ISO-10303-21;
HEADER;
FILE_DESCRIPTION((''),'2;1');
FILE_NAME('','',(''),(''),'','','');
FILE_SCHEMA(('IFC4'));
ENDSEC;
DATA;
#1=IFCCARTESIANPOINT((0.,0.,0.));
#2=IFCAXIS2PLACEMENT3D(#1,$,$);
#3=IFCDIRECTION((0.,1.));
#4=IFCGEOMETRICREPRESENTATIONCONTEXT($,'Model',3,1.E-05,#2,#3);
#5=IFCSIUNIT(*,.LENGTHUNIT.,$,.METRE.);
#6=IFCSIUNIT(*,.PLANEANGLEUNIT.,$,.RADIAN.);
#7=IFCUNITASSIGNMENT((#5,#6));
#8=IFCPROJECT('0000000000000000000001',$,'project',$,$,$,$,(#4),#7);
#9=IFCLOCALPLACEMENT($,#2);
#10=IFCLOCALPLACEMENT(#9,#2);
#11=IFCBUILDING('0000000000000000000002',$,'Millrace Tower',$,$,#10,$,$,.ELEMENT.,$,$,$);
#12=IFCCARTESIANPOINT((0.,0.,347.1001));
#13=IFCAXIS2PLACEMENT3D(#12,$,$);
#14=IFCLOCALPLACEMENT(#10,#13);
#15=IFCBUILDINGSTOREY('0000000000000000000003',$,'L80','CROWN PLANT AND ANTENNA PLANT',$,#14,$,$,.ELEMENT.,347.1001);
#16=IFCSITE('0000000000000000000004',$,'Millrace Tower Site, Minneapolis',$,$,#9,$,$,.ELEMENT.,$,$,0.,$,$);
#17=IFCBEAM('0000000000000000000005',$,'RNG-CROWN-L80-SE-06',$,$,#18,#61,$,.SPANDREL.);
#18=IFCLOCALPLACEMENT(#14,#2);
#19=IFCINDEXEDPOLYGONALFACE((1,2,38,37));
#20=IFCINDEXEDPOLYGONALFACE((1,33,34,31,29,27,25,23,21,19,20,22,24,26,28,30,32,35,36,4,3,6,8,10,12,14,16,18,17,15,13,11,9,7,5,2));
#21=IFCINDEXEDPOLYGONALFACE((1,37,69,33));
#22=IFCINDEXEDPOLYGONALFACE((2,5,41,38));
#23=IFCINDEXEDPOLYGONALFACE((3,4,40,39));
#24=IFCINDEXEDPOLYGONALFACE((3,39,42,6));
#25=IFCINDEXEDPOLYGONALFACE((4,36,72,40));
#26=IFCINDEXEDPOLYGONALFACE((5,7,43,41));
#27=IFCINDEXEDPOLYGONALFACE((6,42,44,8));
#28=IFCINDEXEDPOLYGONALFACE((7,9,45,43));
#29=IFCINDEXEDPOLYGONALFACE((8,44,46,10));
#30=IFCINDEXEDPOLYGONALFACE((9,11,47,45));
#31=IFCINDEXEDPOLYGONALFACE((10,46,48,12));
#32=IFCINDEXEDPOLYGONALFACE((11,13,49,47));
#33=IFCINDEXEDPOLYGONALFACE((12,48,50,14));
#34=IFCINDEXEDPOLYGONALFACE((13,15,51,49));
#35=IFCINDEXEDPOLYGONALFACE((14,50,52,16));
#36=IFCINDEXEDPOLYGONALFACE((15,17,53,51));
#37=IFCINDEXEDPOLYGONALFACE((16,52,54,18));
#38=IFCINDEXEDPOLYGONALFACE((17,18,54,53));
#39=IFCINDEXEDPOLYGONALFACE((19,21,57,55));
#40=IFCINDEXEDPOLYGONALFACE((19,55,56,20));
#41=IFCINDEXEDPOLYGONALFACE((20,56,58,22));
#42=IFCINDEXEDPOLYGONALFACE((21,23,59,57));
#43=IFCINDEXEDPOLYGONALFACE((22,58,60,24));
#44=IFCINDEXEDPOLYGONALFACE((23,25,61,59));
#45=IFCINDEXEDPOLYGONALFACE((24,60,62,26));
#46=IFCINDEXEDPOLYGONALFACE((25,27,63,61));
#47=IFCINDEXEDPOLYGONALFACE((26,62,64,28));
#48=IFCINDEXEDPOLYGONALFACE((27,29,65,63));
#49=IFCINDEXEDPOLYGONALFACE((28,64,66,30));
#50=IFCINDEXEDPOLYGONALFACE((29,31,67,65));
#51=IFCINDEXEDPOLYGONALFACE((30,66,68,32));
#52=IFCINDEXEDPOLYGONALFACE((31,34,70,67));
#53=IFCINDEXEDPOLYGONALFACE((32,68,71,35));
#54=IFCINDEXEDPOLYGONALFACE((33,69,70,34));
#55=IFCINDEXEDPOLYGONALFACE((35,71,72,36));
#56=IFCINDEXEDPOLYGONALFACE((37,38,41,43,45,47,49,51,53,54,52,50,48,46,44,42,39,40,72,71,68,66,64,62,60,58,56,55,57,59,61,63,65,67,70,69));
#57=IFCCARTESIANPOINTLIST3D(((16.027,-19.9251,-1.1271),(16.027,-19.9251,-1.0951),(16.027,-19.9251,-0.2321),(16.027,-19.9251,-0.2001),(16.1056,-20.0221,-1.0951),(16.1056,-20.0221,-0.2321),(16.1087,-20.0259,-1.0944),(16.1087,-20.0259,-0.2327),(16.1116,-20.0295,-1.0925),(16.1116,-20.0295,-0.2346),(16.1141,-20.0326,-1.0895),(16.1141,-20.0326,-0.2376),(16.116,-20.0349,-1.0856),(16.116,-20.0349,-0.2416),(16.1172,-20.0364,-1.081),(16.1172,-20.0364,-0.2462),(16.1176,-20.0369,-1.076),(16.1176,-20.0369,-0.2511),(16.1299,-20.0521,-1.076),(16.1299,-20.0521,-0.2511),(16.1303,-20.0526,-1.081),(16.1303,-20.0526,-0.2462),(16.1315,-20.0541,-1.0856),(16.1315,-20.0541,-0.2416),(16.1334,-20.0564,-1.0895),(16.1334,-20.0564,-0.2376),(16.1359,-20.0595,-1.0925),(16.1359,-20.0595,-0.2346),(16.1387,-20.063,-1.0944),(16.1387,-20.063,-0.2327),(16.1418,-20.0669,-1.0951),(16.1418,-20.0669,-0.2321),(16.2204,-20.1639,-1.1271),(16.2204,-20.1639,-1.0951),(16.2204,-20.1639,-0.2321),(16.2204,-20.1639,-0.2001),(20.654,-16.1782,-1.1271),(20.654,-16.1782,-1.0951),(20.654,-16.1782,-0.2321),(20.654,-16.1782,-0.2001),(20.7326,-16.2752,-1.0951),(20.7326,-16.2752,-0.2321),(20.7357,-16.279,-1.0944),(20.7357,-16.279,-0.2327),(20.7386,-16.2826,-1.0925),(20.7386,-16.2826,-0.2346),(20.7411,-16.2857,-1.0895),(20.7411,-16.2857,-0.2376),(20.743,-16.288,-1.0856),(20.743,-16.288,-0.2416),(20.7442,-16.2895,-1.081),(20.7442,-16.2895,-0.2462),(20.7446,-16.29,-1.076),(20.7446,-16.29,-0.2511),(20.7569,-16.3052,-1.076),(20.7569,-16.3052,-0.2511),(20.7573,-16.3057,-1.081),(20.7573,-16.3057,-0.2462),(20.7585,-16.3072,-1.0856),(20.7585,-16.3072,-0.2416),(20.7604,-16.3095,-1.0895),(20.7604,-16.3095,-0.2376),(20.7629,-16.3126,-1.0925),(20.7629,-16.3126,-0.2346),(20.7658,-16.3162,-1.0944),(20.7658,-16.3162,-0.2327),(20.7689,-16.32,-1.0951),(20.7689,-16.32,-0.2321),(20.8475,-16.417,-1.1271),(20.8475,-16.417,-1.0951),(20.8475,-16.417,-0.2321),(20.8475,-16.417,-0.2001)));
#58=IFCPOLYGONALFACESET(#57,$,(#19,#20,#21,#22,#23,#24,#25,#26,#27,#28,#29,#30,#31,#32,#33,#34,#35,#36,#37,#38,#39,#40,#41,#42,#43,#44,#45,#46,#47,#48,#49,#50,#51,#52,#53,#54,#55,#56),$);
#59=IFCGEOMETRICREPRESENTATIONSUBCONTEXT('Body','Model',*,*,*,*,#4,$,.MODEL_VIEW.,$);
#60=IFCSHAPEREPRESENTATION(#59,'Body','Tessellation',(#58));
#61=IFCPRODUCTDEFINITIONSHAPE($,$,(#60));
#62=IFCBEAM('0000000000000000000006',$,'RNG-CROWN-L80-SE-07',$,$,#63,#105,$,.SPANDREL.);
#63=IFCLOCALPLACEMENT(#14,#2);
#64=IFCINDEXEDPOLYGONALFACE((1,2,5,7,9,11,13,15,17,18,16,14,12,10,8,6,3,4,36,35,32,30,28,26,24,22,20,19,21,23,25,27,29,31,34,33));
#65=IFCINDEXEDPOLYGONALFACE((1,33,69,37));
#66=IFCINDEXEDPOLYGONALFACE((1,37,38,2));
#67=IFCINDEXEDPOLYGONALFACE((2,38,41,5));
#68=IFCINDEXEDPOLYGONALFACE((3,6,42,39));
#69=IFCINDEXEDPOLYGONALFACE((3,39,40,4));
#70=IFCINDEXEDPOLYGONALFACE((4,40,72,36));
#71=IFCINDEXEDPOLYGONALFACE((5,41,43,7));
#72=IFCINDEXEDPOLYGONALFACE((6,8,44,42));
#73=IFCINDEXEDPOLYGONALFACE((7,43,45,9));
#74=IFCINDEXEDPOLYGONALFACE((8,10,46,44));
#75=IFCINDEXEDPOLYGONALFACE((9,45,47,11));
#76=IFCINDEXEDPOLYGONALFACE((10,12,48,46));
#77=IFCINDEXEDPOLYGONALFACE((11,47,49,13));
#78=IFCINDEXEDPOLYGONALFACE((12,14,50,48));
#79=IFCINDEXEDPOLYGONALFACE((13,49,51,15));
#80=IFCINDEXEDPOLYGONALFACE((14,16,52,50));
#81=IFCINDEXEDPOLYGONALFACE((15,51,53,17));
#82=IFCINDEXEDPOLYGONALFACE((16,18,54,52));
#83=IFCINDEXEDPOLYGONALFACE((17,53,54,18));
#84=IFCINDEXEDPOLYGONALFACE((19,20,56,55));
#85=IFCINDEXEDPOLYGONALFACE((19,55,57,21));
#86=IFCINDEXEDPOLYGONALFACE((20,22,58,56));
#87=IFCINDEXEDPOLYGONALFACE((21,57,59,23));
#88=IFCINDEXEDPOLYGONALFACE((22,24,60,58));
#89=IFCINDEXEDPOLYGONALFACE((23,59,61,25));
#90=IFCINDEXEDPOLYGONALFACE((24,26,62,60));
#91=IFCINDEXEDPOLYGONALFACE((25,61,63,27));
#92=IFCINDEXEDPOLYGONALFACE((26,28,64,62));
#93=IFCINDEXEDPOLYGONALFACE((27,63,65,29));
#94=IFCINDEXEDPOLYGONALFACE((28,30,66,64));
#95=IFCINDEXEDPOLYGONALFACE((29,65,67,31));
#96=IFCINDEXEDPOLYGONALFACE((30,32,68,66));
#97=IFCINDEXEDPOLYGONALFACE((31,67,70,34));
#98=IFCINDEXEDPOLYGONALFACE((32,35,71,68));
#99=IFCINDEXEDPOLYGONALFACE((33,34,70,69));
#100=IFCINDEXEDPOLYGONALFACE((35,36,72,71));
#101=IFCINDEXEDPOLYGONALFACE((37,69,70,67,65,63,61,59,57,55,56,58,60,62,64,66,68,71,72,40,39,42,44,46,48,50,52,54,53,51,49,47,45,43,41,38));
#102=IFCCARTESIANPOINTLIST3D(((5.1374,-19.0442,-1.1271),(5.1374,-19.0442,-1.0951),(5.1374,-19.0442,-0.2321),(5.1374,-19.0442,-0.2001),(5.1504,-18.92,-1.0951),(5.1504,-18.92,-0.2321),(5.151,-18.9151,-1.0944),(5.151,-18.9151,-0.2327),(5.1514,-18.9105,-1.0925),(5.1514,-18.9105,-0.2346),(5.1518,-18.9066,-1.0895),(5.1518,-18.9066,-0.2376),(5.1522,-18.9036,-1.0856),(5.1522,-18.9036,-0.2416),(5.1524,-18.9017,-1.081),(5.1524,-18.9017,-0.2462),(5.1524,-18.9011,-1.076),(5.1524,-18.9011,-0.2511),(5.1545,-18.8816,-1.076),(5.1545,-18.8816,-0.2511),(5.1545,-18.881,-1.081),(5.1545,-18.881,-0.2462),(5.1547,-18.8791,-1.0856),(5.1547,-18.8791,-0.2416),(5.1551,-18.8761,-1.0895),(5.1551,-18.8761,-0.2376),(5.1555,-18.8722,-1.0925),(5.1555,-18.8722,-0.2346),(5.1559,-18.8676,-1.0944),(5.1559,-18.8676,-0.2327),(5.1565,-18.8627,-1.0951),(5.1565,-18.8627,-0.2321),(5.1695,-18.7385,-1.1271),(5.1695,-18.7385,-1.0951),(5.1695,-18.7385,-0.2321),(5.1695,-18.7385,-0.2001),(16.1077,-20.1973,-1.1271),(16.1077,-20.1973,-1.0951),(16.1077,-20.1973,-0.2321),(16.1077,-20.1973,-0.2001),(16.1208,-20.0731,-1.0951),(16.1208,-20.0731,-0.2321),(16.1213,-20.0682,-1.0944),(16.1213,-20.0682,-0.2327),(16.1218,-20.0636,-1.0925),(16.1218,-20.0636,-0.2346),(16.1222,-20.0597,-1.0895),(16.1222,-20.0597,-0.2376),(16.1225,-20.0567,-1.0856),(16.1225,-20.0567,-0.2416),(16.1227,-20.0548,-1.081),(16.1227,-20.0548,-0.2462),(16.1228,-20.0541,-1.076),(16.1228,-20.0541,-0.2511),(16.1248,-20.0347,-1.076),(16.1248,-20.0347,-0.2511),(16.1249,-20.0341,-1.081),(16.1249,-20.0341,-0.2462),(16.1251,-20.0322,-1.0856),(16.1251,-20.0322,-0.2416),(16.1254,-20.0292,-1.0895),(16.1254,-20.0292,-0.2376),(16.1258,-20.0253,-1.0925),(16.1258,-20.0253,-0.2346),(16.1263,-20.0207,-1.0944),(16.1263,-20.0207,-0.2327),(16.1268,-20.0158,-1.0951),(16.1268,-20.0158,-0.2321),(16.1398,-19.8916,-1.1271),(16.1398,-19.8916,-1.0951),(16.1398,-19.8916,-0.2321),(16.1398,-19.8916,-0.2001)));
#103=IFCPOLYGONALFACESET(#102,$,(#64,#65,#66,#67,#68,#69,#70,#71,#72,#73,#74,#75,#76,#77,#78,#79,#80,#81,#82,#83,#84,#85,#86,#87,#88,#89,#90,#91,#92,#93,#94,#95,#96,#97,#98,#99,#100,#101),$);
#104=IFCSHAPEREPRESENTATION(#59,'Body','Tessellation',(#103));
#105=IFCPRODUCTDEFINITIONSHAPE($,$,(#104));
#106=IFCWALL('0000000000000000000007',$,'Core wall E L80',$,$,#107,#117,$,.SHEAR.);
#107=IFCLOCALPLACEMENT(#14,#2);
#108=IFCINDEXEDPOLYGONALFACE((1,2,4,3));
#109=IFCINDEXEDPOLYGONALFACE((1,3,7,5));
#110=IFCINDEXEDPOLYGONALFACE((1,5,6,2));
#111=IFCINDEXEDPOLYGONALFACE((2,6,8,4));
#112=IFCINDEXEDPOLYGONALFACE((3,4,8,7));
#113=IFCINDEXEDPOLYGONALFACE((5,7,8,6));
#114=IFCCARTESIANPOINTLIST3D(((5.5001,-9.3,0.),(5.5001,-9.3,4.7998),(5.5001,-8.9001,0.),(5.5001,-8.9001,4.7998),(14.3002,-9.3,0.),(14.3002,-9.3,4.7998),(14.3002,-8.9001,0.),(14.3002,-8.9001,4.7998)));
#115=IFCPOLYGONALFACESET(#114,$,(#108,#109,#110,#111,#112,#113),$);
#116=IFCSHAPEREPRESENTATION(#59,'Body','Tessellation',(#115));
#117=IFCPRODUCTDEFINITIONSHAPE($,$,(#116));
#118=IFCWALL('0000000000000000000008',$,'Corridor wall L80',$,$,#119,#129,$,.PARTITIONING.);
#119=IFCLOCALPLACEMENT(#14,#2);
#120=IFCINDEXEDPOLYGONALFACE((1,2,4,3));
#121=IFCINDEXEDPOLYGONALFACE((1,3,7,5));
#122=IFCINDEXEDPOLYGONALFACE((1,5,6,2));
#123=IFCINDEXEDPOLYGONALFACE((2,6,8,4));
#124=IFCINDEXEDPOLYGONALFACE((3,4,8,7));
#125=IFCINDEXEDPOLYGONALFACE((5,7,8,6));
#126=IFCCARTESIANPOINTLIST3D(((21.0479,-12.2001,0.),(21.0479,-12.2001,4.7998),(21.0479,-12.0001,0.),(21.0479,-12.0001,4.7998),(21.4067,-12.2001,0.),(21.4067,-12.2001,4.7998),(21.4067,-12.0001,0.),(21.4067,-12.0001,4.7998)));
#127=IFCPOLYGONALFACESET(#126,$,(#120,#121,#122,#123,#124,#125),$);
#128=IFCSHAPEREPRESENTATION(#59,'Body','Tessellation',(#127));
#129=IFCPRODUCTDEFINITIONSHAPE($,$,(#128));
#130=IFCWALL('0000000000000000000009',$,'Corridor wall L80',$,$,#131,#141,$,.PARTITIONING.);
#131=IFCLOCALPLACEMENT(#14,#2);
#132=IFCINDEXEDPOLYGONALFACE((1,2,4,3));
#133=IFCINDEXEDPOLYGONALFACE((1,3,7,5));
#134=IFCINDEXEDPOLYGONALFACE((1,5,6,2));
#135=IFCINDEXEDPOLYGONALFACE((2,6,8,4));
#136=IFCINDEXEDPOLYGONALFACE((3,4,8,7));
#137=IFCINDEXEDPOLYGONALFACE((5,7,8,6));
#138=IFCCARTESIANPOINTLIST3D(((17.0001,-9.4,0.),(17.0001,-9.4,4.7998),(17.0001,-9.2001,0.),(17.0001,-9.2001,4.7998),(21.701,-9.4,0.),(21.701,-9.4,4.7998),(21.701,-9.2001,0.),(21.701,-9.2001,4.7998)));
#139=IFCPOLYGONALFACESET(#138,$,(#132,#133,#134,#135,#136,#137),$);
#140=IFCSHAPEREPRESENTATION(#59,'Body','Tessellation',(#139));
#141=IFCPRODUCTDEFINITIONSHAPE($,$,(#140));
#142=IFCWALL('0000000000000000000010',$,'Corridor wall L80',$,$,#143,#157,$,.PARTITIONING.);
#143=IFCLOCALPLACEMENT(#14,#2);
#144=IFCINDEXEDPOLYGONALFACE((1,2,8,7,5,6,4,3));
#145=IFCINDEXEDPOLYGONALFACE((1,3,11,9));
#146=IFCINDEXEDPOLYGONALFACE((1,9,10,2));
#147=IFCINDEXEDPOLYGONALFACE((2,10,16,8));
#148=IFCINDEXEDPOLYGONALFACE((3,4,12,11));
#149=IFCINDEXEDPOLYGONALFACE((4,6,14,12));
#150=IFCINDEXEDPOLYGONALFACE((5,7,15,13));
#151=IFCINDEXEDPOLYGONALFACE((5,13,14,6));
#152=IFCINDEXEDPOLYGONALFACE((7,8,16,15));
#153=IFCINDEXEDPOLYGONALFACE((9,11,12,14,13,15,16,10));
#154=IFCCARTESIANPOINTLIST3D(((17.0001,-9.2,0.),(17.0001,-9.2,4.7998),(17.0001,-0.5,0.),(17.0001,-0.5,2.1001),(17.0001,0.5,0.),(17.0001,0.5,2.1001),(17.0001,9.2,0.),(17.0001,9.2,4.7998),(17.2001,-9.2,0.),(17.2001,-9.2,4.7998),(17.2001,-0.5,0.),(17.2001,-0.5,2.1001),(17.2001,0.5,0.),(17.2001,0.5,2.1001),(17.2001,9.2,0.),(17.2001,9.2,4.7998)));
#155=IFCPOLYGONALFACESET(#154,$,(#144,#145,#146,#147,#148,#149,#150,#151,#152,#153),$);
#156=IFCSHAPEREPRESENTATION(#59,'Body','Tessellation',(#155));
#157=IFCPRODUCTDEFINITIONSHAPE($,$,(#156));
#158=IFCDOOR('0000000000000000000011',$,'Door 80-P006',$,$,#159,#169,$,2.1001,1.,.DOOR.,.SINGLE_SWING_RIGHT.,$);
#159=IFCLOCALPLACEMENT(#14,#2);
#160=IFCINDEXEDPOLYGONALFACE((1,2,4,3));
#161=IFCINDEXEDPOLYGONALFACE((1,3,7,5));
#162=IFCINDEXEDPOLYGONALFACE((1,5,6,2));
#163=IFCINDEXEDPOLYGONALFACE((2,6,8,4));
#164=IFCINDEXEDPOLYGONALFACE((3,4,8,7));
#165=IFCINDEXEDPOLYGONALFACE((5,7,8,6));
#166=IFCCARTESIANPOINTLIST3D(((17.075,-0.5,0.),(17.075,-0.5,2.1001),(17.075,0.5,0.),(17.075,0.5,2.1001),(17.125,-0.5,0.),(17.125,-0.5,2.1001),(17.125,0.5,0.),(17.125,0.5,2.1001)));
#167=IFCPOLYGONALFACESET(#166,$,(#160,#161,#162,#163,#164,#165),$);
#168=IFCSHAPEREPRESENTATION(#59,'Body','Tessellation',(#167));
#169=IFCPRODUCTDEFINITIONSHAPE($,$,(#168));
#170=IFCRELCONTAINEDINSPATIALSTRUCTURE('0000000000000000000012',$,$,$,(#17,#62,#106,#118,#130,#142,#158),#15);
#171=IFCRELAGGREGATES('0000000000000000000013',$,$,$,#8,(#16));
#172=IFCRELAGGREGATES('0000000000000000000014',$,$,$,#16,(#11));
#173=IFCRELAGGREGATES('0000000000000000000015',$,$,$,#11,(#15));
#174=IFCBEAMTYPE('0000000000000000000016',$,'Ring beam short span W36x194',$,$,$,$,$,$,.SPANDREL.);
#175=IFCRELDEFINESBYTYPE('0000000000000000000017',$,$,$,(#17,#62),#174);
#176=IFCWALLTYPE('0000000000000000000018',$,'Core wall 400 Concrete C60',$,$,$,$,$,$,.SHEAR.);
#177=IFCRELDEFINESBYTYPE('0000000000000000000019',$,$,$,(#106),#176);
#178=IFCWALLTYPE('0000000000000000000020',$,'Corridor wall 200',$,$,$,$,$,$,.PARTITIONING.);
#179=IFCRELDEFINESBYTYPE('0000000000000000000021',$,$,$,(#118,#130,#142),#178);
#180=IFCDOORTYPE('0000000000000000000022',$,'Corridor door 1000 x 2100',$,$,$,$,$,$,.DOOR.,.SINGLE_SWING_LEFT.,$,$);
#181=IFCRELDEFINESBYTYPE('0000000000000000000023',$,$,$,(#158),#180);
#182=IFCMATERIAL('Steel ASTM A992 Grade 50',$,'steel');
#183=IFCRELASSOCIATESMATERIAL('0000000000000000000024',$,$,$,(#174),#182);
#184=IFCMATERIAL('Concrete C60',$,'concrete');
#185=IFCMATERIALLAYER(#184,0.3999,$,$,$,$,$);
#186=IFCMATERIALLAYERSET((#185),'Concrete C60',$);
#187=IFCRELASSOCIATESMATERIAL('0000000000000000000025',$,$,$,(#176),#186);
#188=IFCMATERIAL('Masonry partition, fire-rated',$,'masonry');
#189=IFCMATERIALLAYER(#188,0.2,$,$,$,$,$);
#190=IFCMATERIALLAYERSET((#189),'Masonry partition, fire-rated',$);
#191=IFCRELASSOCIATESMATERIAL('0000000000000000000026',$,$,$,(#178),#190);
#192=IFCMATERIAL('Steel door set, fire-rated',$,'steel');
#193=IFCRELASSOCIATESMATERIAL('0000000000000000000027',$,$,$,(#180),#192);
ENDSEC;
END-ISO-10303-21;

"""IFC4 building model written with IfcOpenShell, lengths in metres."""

from ifc_helpers import new_model, si_unit, direction, frame, frame_2d, origin, origin_2d, place, context, subcontext, project, spatial, rectangle, i_section, extrude, material, layer, layer_set, material_profile, profile_set, type_object, element, fill, save


model = new_model("IFC4")

# Units and contexts
model_context = context("Model", 3, precision=1e-05, world=origin(), true_north=direction((0.0, 1.0)))
body_context = subcontext(model_context, "Body", "Model", "MODEL_VIEW")
ifc_project = project(units=[si_unit("LENGTHUNIT", "METRE"), si_unit("PLANEANGLEUNIT", "RADIAN")], contexts=[model_context])

# Site, building, storey
site_placement = place(None, origin())
site = spatial("IfcSite", under=ifc_project, at=site_placement, Name="Millrace Tower Site, Minneapolis", CompositionType="ELEMENT", RefElevation=0.0)
building_placement = place(site_placement, origin())
building = spatial("IfcBuilding", under=site, at=building_placement, Name="Millrace Tower", CompositionType="ELEMENT")
storey_placement = place(building_placement, frame((0.0, 0.0, 347.1001)))
storey = spatial("IfcBuildingStorey", under=building, at=storey_placement, Name="L80", Description="CROWN PLANT AND ANTENNA PLANT", CompositionType="ELEMENT", Elevation=347.1001)

# Beams
ifc_material_1 = material(Name="Steel ASTM A992 Grade 50", Category="steel")
ifc_material_profile_1 = material_profile(ifc_material_1, i_section(OverallWidth=0.3074, OverallDepth=0.927, WebThickness=0.0195, FlangeThickness=0.032, FilletRadius=0.019, at=origin_2d()))
ifc_profile_set_1 = profile_set([ifc_material_profile_1], Name="Steel ASTM A992 Grade 50")
beam_type_1 = type_object("IfcBeamType", Name="Ring beam short span W36x194", PredefinedType="SPANDREL", material=ifc_profile_set_1)
beam_1_placement = place(storey_placement, frame((20.7507, -16.2976, -0.6636), z_axis=(-0.777147, -0.62932, 0.0), x_axis=(0.62932, -0.777147, 0.0)))
element("IfcBeam", 1, at=beam_1_placement, inside=storey, type_object=beam_type_1, Name="RNG-CROWN-L80-SE-06", PredefinedType="SPANDREL", context=body_context, shape_type="SweptSolid", body=[
    extrude(i_section(OverallWidth=0.3074, OverallDepth=0.927, WebThickness=0.0195, FlangeThickness=0.032, FilletRadius=0.019, at=origin_2d()), origin(), (0.0, 0.0, 1.0), 5.9539),
])
beam_2_placement = place(storey_placement, frame((16.1238, -20.0444, -0.6636), z_axis=(-0.994521, 0.104534, 0.0), x_axis=(-0.104534, -0.994521, 0.0)))
element("IfcBeam", 2, at=beam_2_placement, inside=storey, type_object=beam_type_1, Name="RNG-CROWN-L80-SE-07", PredefinedType="SPANDREL", context=body_context, shape_type="SweptSolid", body=[
    extrude(i_section(OverallWidth=0.3074, OverallDepth=0.927, WebThickness=0.0195, FlangeThickness=0.032, FilletRadius=0.019, at=origin_2d()), origin(), (0.0, 0.0, 1.0), 11.0308),
])

# Walls
ifc_material_2 = material(Name="Concrete C60", Category="concrete")
ifc_layer_1 = layer(ifc_material_2, 0.3999)
ifc_layer_set_1 = layer_set([ifc_layer_1], Name="Concrete C60")
wall_type_1 = type_object("IfcWallType", Name="Core wall 400 Concrete C60", PredefinedType="SHEAR", material=ifc_layer_set_1)
wall_1_placement = place(storey_placement, frame((14.3, -9.1001, 0.0), z_axis=(0.0, 0.0, 1.0), x_axis=(-1.0, 0.0, 0.0)))
element("IfcWall", 3, at=wall_1_placement, inside=storey, type_object=wall_type_1, Name="Core wall E L80", PredefinedType="SHEAR", context=body_context, shape_type="SweptSolid", body=[
    extrude(rectangle(XDim=8.8, YDim=0.3999, at=frame_2d((4.3999, 0.0))), origin(), (0.0, 0.0, 1.0), 4.7998),
])
ifc_material_3 = material(Name="Masonry partition, fire-rated", Category="masonry")
ifc_layer_2 = layer(ifc_material_3, 0.2)
ifc_layer_set_2 = layer_set([ifc_layer_2], Name="Masonry partition, fire-rated")
wall_type_2 = type_object("IfcWallType", Name="Corridor wall 200", PredefinedType="PARTITIONING", material=ifc_layer_set_2)
wall_2_placement = place(storey_placement, frame((21.0479, -12.1001, 0.0), z_axis=(0.0, 0.0, 1.0), x_axis=(1.0, 0.0, 0.0)))
element("IfcWall", 4, at=wall_2_placement, inside=storey, type_object=wall_type_2, Name="Corridor wall L80", PredefinedType="PARTITIONING", context=body_context, shape_type="SweptSolid", body=[
    extrude(rectangle(XDim=0.3589, YDim=0.2, at=frame_2d((0.1794, 0.0))), origin(), (0.0, 0.0, 1.0), 4.7998),
])
wall_3_placement = place(storey_placement, frame((17.0, -9.3, 0.0), z_axis=(0.0, 0.0, 1.0), x_axis=(1.0, 0.0, 0.0)))
element("IfcWall", 5, at=wall_3_placement, inside=storey, type_object=wall_type_2, Name="Corridor wall L80", PredefinedType="PARTITIONING", context=body_context, shape_type="SweptSolid", body=[
    extrude(rectangle(XDim=4.7009, YDim=0.2, at=frame_2d((2.3506, 0.0))), origin(), (0.0, 0.0, 1.0), 4.7998),
])

# Wall, opening, door
wall_4_placement = place(storey_placement, frame((17.1001, -9.2, 0.0), z_axis=(0.0, 0.0, 1.0), x_axis=(0.0, 1.0, 0.0)))
wall_4 = element("IfcWall", 6, at=wall_4_placement, inside=storey, type_object=wall_type_2, Name="Corridor wall L80", PredefinedType="PARTITIONING", context=body_context, shape_type="SweptSolid", body=[
    extrude(rectangle(XDim=18.3999, YDim=0.2, at=frame_2d((9.2, 0.0))), origin(), (0.0, 0.0, 1.0), 4.7998),
])
opening_placement = place(wall_4_placement, frame((8.7, 0.0, 0.0)))
opening = element("IfcOpeningElement", 7, at=opening_placement, cuts=wall_4, PredefinedType="OPENING", context=body_context, shape_type="SweptSolid", body=[
    extrude(rectangle(XDim=1.0, YDim=2.1001, at=frame_2d((0.5, 1.05))), frame((0.0, 0.1099, 0.0), z_axis=(0.0, -1.0, 0.0), x_axis=(1.0, 0.0, 0.0)), (0.0, 0.0, 1.0), 0.22),
])
ifc_material_4 = material(Name="Steel door set, fire-rated", Category="steel")
door_type = type_object("IfcDoorType", Name="Corridor door 1000 x 2100", OperationType="SINGLE_SWING_LEFT", PredefinedType="DOOR", material=ifc_material_4)
door_placement = place(opening_placement, frame((1.0, 0.0, 0.0), z_axis=(0.0, 0.0, 1.0), x_axis=(-1.0, 0.0, 0.0)))
door = element("IfcDoor", 8, at=door_placement, inside=storey, type_object=door_type, Name="Door 80-P006", OperationType="SINGLE_SWING_RIGHT", OverallHeight=2.1001, OverallWidth=1.0, PredefinedType="DOOR", context=body_context, shape_type="SweptSolid", body=[
    extrude(rectangle(XDim=1.0, YDim=2.1001, at=frame_2d((0.5, 1.05))), frame((0.0, 0.0249, 0.0), z_axis=(0.0, -1.0, 0.0), x_axis=(1.0, 0.0, 0.0)), (0.0, 0.0, 1.0), 0.05),
])
fill(opening, door)

save(model, "model.ifc")
